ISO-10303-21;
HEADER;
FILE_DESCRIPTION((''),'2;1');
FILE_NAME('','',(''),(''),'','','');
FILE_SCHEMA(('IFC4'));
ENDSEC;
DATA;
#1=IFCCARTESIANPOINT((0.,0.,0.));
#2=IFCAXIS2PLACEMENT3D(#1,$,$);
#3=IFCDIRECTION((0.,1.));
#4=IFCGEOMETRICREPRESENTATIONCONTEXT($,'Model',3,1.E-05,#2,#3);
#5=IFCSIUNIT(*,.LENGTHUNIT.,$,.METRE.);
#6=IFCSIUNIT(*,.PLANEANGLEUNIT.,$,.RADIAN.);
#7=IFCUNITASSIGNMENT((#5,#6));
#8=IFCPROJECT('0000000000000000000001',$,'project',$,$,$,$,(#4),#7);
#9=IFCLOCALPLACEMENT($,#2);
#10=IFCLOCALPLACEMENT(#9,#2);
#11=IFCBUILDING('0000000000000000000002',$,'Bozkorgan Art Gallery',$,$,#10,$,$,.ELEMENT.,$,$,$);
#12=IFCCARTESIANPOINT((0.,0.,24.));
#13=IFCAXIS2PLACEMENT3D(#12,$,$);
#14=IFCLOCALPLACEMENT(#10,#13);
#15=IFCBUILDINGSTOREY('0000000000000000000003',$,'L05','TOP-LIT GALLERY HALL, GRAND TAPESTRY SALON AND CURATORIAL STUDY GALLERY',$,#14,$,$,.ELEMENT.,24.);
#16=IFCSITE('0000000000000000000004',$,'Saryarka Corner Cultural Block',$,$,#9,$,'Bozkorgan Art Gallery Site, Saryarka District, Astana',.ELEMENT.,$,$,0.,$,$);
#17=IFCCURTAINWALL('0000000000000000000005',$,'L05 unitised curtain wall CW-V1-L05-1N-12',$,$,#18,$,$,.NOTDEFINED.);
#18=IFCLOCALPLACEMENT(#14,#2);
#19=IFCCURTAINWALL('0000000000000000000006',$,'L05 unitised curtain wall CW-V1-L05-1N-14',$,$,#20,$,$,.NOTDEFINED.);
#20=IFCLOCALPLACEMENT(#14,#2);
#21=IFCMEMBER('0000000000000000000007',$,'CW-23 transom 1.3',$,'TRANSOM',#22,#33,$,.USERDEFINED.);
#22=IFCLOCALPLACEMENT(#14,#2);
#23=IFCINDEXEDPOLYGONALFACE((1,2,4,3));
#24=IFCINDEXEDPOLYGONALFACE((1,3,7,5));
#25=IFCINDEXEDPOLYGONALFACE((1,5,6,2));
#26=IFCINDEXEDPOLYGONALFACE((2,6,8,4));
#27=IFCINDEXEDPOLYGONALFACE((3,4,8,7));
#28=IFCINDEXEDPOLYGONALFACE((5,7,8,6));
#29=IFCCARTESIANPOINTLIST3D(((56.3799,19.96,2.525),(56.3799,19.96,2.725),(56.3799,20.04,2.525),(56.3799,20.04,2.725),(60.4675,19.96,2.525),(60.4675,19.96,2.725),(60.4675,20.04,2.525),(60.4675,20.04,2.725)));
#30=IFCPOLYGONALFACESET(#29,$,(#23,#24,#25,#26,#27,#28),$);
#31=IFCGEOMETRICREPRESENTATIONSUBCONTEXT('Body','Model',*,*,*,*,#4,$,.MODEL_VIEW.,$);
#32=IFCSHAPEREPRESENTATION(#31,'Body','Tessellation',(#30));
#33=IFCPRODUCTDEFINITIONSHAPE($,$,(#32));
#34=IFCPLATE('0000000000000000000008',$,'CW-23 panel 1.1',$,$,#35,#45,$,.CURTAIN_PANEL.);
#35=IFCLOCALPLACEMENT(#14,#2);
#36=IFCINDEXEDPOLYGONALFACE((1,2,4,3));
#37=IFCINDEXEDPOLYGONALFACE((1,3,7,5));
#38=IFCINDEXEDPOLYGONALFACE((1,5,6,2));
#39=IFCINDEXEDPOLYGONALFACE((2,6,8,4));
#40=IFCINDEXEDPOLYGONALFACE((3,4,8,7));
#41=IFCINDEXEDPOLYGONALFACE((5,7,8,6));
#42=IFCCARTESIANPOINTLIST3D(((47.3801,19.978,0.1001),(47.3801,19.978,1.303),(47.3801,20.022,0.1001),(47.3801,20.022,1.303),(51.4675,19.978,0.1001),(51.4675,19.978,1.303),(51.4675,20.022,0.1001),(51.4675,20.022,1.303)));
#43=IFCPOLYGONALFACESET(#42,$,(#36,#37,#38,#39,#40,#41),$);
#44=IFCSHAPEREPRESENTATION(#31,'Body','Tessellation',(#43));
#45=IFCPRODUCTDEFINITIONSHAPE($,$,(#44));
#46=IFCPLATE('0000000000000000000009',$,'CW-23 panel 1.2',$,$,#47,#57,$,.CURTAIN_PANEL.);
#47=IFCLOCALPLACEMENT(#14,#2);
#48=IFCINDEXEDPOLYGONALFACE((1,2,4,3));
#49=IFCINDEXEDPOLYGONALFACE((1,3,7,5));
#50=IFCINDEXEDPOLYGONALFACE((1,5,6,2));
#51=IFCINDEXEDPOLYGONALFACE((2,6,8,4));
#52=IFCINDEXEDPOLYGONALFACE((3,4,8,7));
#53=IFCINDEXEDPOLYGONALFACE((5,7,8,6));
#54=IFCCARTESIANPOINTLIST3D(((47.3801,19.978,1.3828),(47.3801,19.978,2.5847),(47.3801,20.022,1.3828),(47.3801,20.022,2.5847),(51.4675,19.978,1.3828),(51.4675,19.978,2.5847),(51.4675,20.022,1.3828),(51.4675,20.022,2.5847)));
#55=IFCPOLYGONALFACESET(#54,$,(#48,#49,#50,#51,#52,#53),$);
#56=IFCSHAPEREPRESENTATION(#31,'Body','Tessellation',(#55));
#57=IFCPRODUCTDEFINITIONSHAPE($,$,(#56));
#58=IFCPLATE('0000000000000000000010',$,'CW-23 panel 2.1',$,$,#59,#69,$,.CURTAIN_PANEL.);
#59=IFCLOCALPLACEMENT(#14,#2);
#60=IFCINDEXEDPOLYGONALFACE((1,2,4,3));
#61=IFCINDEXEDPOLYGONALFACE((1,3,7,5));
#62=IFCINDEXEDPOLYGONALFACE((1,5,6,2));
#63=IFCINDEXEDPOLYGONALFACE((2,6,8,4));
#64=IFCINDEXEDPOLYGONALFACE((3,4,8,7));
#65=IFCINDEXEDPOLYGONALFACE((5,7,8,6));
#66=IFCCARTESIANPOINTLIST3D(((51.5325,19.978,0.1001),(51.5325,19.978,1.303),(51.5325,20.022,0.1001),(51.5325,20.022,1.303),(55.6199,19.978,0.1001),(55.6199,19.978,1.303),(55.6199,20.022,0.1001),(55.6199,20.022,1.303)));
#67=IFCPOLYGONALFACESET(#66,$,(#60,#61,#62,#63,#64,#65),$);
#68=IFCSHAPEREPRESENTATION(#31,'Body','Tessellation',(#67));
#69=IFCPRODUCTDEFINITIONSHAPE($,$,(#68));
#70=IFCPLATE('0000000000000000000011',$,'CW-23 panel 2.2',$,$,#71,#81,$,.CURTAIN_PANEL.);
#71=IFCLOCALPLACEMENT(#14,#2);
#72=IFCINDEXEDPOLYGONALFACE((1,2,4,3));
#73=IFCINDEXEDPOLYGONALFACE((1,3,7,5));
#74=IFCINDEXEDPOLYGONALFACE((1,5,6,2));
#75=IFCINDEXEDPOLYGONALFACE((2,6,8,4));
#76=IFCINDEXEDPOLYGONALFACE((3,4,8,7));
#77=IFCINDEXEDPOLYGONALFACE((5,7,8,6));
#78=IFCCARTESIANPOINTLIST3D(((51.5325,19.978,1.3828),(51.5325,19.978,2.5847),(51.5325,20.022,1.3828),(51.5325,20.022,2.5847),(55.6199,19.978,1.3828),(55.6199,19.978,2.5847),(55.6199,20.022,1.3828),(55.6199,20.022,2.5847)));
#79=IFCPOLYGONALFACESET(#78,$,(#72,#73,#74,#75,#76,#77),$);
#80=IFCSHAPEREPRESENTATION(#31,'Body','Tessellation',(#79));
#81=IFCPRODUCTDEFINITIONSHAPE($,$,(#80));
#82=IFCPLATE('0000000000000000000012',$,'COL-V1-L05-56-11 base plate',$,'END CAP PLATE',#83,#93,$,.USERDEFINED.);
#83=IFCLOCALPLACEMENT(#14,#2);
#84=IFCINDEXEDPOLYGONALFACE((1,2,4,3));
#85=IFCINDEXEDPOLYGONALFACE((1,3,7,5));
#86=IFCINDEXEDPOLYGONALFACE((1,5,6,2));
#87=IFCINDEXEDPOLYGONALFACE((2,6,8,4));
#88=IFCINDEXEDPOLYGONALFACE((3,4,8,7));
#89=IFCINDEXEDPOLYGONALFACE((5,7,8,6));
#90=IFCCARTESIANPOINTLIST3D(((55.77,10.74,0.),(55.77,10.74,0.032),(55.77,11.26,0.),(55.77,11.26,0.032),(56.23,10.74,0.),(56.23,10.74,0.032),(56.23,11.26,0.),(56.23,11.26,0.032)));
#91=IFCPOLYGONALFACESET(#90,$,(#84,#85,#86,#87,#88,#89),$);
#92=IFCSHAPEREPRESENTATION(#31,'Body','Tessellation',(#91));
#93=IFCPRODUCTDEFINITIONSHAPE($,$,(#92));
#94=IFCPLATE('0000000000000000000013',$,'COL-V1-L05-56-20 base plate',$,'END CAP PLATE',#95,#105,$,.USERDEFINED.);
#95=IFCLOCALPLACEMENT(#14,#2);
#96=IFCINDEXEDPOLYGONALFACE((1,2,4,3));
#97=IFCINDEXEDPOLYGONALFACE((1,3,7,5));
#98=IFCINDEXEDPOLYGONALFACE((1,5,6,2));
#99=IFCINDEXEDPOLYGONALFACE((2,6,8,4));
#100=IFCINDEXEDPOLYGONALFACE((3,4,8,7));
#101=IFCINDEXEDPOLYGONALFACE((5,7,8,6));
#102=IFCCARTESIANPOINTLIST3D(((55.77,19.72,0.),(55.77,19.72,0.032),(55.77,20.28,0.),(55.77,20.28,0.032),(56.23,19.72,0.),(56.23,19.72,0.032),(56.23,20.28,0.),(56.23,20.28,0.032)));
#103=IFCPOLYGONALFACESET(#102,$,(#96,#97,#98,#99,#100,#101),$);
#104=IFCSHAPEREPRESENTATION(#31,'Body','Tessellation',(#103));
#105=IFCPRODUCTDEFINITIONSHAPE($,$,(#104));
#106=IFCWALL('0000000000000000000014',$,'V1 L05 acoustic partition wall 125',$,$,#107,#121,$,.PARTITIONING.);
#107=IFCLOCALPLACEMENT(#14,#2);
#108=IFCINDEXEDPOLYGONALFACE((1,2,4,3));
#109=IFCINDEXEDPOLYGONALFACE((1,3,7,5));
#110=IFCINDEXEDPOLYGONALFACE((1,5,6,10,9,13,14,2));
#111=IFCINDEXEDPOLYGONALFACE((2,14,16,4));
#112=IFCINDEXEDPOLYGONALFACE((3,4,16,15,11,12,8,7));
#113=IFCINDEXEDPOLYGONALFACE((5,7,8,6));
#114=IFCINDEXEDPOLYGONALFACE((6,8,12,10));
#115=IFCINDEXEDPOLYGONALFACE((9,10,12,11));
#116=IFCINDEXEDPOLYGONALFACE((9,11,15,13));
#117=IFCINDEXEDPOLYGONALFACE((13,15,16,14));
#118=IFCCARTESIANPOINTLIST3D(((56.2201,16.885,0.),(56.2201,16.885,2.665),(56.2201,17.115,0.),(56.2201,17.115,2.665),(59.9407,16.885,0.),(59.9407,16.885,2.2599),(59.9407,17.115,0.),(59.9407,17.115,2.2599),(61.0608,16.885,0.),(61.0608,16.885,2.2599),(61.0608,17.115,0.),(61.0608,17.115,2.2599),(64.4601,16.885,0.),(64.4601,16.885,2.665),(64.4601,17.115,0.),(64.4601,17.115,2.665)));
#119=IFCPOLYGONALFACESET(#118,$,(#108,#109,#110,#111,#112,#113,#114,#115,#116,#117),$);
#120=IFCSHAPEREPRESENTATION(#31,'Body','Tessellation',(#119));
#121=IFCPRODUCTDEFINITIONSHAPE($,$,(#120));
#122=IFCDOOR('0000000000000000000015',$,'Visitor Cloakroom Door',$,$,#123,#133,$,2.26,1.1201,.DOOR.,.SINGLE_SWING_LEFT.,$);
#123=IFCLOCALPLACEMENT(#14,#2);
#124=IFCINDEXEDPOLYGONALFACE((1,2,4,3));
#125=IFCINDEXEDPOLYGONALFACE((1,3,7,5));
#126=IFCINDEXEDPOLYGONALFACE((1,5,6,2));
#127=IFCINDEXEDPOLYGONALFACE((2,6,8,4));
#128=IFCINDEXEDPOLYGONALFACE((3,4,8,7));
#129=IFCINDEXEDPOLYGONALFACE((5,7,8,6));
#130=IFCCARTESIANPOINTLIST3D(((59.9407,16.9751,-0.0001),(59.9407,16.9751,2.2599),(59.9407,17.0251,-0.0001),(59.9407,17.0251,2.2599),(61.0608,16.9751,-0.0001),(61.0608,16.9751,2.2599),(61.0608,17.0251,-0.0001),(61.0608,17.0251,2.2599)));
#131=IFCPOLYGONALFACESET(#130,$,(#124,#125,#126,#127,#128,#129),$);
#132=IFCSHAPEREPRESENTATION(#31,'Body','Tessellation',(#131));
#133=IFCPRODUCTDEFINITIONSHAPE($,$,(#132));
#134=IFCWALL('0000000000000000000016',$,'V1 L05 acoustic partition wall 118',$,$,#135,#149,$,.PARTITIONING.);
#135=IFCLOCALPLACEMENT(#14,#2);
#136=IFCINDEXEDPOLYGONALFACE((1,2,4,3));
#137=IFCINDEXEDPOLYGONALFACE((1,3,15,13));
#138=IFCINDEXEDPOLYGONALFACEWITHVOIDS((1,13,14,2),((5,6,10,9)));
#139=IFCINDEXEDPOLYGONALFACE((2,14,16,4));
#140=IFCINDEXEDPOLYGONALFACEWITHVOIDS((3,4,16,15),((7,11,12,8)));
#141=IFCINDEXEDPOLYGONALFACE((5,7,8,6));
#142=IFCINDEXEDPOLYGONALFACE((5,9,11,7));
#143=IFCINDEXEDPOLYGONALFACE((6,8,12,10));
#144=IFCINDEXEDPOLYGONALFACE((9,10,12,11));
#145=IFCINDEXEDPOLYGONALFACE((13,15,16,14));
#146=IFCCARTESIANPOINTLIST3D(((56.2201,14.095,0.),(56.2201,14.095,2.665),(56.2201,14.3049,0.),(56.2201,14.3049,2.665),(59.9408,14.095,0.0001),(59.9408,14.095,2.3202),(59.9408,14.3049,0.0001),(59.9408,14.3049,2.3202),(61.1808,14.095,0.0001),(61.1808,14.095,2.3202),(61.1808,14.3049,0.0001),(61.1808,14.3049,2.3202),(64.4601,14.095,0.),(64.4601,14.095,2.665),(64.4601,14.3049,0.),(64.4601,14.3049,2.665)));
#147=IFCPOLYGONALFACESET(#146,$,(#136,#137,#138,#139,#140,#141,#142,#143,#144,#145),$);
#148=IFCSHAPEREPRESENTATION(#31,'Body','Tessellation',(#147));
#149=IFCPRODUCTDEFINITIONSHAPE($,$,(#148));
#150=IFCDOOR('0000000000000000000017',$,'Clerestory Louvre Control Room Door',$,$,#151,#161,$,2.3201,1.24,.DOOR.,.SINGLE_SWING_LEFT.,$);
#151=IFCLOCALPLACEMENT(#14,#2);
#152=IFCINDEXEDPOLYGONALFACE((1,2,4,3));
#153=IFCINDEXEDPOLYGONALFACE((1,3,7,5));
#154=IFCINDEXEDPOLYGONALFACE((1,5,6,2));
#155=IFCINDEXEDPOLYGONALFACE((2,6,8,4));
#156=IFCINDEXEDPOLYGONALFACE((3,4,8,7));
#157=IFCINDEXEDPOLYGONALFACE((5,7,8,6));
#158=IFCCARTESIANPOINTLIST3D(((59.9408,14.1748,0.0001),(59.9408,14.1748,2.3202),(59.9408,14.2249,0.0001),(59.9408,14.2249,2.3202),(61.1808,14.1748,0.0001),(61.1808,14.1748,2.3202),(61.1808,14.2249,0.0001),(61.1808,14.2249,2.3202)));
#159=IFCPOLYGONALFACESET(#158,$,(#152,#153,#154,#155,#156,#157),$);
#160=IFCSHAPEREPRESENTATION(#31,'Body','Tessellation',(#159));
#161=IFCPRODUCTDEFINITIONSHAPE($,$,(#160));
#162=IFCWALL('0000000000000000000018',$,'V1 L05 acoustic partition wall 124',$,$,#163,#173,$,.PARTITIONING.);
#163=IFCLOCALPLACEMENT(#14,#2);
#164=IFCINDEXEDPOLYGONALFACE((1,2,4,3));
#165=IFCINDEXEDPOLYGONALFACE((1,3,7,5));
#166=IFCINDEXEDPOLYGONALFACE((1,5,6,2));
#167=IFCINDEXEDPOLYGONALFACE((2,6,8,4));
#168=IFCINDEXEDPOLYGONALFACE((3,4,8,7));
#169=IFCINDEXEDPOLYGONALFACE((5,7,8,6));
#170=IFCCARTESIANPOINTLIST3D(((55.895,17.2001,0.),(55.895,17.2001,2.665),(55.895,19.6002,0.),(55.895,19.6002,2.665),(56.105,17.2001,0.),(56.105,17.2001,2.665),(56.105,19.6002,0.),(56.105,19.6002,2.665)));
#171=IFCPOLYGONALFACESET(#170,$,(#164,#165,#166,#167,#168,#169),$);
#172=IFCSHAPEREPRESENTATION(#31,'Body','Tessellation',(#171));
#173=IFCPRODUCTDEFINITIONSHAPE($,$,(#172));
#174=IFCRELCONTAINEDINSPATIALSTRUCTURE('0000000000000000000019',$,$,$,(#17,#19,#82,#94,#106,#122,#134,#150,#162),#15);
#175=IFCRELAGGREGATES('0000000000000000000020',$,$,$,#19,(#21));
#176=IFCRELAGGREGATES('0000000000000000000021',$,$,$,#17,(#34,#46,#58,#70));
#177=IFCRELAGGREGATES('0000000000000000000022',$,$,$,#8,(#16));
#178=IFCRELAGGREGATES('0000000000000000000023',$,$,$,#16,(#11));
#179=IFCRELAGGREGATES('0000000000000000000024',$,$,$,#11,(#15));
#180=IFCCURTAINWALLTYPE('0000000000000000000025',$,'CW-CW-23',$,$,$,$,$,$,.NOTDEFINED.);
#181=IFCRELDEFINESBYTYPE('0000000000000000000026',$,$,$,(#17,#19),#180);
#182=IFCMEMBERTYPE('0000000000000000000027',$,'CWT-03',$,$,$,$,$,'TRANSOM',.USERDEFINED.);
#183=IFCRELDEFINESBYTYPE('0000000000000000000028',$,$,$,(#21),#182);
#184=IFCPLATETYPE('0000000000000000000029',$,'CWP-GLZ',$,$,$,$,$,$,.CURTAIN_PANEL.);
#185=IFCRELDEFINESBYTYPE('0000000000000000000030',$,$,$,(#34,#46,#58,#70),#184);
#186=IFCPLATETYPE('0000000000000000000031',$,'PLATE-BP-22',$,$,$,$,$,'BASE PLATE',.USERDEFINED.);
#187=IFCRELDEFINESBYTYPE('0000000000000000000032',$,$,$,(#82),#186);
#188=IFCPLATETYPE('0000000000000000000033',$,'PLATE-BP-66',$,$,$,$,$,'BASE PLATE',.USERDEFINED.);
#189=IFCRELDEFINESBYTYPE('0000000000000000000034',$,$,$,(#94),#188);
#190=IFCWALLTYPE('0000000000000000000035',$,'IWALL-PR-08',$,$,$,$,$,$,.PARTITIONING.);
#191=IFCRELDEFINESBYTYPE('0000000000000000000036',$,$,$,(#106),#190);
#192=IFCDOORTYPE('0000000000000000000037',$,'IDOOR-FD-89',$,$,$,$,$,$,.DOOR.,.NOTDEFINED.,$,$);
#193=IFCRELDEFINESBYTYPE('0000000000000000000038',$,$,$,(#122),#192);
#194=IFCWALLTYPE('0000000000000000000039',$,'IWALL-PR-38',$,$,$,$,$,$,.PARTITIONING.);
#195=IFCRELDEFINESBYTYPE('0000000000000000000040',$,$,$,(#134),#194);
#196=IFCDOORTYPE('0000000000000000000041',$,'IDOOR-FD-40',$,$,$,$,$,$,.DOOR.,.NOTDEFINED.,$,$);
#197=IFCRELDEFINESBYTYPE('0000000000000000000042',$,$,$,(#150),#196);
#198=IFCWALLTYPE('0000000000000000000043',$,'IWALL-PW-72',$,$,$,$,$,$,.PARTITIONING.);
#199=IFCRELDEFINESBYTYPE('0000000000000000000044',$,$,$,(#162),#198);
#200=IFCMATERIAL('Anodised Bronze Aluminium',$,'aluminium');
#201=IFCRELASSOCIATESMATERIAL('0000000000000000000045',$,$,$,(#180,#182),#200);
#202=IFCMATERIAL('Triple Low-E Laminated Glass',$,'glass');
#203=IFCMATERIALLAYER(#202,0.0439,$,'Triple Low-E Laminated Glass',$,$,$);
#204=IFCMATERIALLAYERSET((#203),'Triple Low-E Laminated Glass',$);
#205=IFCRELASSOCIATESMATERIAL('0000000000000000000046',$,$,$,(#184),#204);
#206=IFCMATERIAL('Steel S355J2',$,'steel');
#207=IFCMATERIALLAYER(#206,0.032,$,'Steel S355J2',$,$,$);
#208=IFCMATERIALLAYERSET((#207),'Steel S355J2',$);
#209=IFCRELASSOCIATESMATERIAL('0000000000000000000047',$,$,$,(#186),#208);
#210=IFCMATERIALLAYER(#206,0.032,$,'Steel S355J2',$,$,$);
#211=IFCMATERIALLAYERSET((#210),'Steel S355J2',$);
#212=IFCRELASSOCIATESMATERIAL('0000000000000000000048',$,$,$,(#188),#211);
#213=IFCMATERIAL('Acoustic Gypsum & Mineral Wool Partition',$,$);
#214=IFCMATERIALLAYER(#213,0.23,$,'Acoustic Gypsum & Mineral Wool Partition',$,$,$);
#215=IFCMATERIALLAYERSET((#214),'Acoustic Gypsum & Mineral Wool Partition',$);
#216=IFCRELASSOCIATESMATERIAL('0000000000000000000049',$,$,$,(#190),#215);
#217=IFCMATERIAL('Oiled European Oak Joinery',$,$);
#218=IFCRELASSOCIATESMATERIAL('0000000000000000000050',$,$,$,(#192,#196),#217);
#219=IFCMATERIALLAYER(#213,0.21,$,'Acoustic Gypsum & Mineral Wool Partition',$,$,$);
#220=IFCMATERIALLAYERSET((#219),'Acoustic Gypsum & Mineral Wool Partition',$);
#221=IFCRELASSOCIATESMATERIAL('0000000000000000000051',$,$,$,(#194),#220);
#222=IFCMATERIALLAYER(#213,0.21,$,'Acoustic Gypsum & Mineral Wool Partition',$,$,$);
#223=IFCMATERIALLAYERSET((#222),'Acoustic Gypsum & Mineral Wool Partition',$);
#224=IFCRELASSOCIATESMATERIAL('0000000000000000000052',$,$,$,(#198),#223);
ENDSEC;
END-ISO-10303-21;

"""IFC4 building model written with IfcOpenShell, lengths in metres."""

from ifc_helpers import new_model, si_unit, direction, frame, frame_2d, origin, origin_2d, place, context, subcontext, project, spatial, rectangle, extrude, material, layer, layer_set, material_profile, profile_set, type_object, element, fill, aggregate, save


model = new_model("IFC4")

# Units and contexts
model_context = context("Model", 3, precision=1e-05, world=origin(), true_north=direction((0.0, 1.0)))
body_context = subcontext(model_context, "Body", "Model", "MODEL_VIEW")
ifc_project = project(units=[si_unit("LENGTHUNIT", "METRE"), si_unit("PLANEANGLEUNIT", "RADIAN")], contexts=[model_context])

# Site, building, storey
site_placement = place(None, origin())
site = spatial("IfcSite", under=ifc_project, at=site_placement, Name="Saryarka Corner Cultural Block", LongName="Bozkorgan Art Gallery Site, Saryarka District, Astana", CompositionType="ELEMENT", RefElevation=0.0)
building_placement = place(site_placement, origin())
building = spatial("IfcBuilding", under=site, at=building_placement, Name="Bozkorgan Art Gallery", CompositionType="ELEMENT")
storey_placement = place(building_placement, frame((0.0, 0.0, 24.0)))
storey = spatial("IfcBuildingStorey", under=building, at=storey_placement, Name="L05", Description="TOP-LIT GALLERY HALL, GRAND TAPESTRY SALON AND CURATORIAL STUDY GALLERY", CompositionType="ELEMENT", Elevation=24.0)

# Shared definitions
ifc_material_1 = material(Name="Steel S355J2", Category="steel")

# Curtain wall
ifc_material_2 = material(Name="Anodised Bronze Aluminium", Category="aluminium")
curtain_wall_type = type_object("IfcCurtainWallType", Name="CW-CW-23", PredefinedType="NOTDEFINED", material=ifc_material_2)
curtain_wall_1_placement = place(storey_placement, origin())
curtain_wall_1 = element("IfcCurtainWall", 1, at=curtain_wall_1_placement, inside=storey, type_object=curtain_wall_type, Name="L05 unitised curtain wall CW-V1-L05-1N-12", PredefinedType="NOTDEFINED")

# Curtain wall
curtain_wall_2_placement = place(storey_placement, origin())
curtain_wall_2 = element("IfcCurtainWall", 2, at=curtain_wall_2_placement, inside=storey, type_object=curtain_wall_type, Name="L05 unitised curtain wall CW-V1-L05-1N-14", PredefinedType="NOTDEFINED")

# Member
ifc_material_profile_1 = material_profile(ifc_material_2, rectangle(XDim=0.0801, YDim=0.2, at=origin_2d()), Name="ALU TRANSOM 80x200")
ifc_profile_set_1 = profile_set([ifc_material_profile_1], Name="Anodised Bronze Aluminium")
member_type_1 = type_object("IfcMemberType", Name="CWT-03", ElementType="TRANSOM", PredefinedType="USERDEFINED", material=ifc_profile_set_1)
member_1_placement = place(storey_placement, frame((56.3799, 20.0, 2.625), z_axis=(1.0, 0.0, 0.0), x_axis=(0.0, 1.0, 0.0)))
member_1 = element("IfcMember", 3, at=member_1_placement, type_object=member_type_1, Name="CW-23 transom 1.3", ObjectType="TRANSOM", PredefinedType="USERDEFINED", context=body_context, shape_type="SweptSolid", body=[
    extrude(rectangle(XDim=0.0801, YDim=0.2, at=origin_2d()), origin(), (0.0, 0.0, 1.0), 4.0876),
])
aggregate(curtain_wall_2, [member_1])

# Plates
ifc_material_3 = material(Name="Triple Low-E Laminated Glass", Category="glass")
ifc_layer_1 = layer(ifc_material_3, 0.0439, Name="Triple Low-E Laminated Glass")
ifc_layer_set_1 = layer_set([ifc_layer_1], Name="Triple Low-E Laminated Glass")
plate_type_1 = type_object("IfcPlateType", Name="CWP-GLZ", PredefinedType="CURTAIN_PANEL", material=ifc_layer_set_1)
plate_1_placement = place(storey_placement, frame((49.4238, 20.0, 0.1001), z_axis=(0.0, 0.0, 1.0), x_axis=(1.0, 0.0, 0.0)))
plate_1 = element("IfcPlate", 4, at=plate_1_placement, type_object=plate_type_1, Name="CW-23 panel 1.1", PredefinedType="CURTAIN_PANEL", context=body_context, shape_type="SweptSolid", body=[
    extrude(rectangle(XDim=4.0874, YDim=0.0439, at=origin_2d()), origin(), (0.0, 0.0, 1.0), 1.2029),
])
plate_2_placement = place(storey_placement, frame((49.4238, 20.0, 1.3828), z_axis=(0.0, 0.0, 1.0), x_axis=(1.0, 0.0, 0.0)))
plate_2 = element("IfcPlate", 5, at=plate_2_placement, type_object=plate_type_1, Name="CW-23 panel 1.2", PredefinedType="CURTAIN_PANEL", context=body_context, shape_type="SweptSolid", body=[
    extrude(rectangle(XDim=4.0874, YDim=0.0439, at=origin_2d()), origin(), (0.0, 0.0, 1.0), 1.2019),
])
plate_3_placement = place(storey_placement, frame((53.5762, 20.0, 0.1001), z_axis=(0.0, 0.0, 1.0), x_axis=(1.0, 0.0, 0.0)))
plate_3 = element("IfcPlate", 6, at=plate_3_placement, type_object=plate_type_1, Name="CW-23 panel 2.1", PredefinedType="CURTAIN_PANEL", context=body_context, shape_type="SweptSolid", body=[
    extrude(rectangle(XDim=4.0874, YDim=0.0439, at=origin_2d()), origin(), (0.0, 0.0, 1.0), 1.2029),
])
plate_4_placement = place(storey_placement, frame((53.5762, 20.0, 1.3828), z_axis=(0.0, 0.0, 1.0), x_axis=(1.0, 0.0, 0.0)))
plate_4 = element("IfcPlate", 7, at=plate_4_placement, type_object=plate_type_1, Name="CW-23 panel 2.2", PredefinedType="CURTAIN_PANEL", context=body_context, shape_type="SweptSolid", body=[
    extrude(rectangle(XDim=4.0874, YDim=0.0439, at=origin_2d()), origin(), (0.0, 0.0, 1.0), 1.2019),
])
aggregate(curtain_wall_1, [plate_1, plate_2, plate_3, plate_4])

# Plates
ifc_layer_2 = layer(ifc_material_1, 0.032, Name="Steel S355J2")
ifc_layer_set_2 = layer_set([ifc_layer_2], Name="Steel S355J2")
plate_type_2 = type_object("IfcPlateType", Name="PLATE-BP-22", ElementType="BASE PLATE", PredefinedType="USERDEFINED", material=ifc_layer_set_2)
plate_5_placement = place(storey_placement, frame((56.0, 11.0, 0.0), z_axis=(0.0, 0.0, 1.0), x_axis=(1.0, 0.0, 0.0)))
element("IfcPlate", 8, at=plate_5_placement, inside=storey, type_object=plate_type_2, Name="COL-V1-L05-56-11 base plate", ObjectType="END CAP PLATE", PredefinedType="USERDEFINED", context=body_context, shape_type="SweptSolid", body=[
    extrude(rectangle(XDim=0.46, YDim=0.52, at=origin_2d()), origin(), (0.0, 0.0, 1.0), 0.032),
])
ifc_layer_3 = layer(ifc_material_1, 0.032, Name="Steel S355J2")
ifc_layer_set_3 = layer_set([ifc_layer_3], Name="Steel S355J2")
plate_type_3 = type_object("IfcPlateType", Name="PLATE-BP-66", ElementType="BASE PLATE", PredefinedType="USERDEFINED", material=ifc_layer_set_3)
plate_6_placement = place(storey_placement, frame((56.0, 20.0, 0.0), z_axis=(0.0, 0.0, 1.0), x_axis=(1.0, 0.0, 0.0)))
element("IfcPlate", 9, at=plate_6_placement, inside=storey, type_object=plate_type_3, Name="COL-V1-L05-56-20 base plate", ObjectType="END CAP PLATE", PredefinedType="USERDEFINED", context=body_context, shape_type="SweptSolid", body=[
    extrude(rectangle(XDim=0.46, YDim=0.5601, at=origin_2d()), origin(), (0.0, 0.0, 1.0), 0.032),
])

# Walls, openings, doors
ifc_material_4 = material(Name="Acoustic Gypsum & Mineral Wool Partition")
ifc_layer_4 = layer(ifc_material_4, 0.23, Name="Acoustic Gypsum & Mineral Wool Partition")
ifc_layer_set_4 = layer_set([ifc_layer_4], Name="Acoustic Gypsum & Mineral Wool Partition")
wall_type_1 = type_object("IfcWallType", Name="IWALL-PR-08", PredefinedType="PARTITIONING", material=ifc_layer_set_4)
wall_1_placement = place(storey_placement, frame((56.22, 17.0, 0.0), z_axis=(0.0, 0.0, 1.0), x_axis=(1.0, 0.0, 0.0)))
wall_1 = element("IfcWall", 10, at=wall_1_placement, inside=storey, type_object=wall_type_1, Name="V1 L05 acoustic partition wall 125", PredefinedType="PARTITIONING", context=body_context, shape_type="SweptSolid", body=[
    extrude(rectangle(XDim=8.24, YDim=0.23, at=frame_2d((4.1201, 0.0))), origin(), (0.0, 0.0, 1.0), 2.665),
])
opening_1_placement = place(wall_1_placement, frame((4.8408, 0.0, 0.0), z_axis=(0.0, 0.0, 1.0), x_axis=(-1.0, 0.0, 0.0)))
opening_1 = element("IfcOpeningElement", 11, at=opening_1_placement, cuts=wall_1, PredefinedType="OPENING", context=body_context, shape_type="SweptSolid", body=[
    extrude(rectangle(XDim=1.1201, YDim=2.26, at=frame_2d((0.5601, 1.1299))), frame((0.0, 0.125, 0.0), z_axis=(0.0, -1.0, 0.0), x_axis=(1.0, 0.0, 0.0)), (0.0, 0.0, 1.0), 0.25),
])
ifc_material_5 = material(Name="Oiled European Oak Joinery")
door_type_1 = type_object("IfcDoorType", Name="IDOOR-FD-89", OperationType="NOTDEFINED", PredefinedType="DOOR", material=ifc_material_5)
door_1_placement = place(opening_1_placement, origin())
door_1 = element("IfcDoor", 12, at=door_1_placement, inside=storey, type_object=door_type_1, Name="Visitor Cloakroom Door", OperationType="SINGLE_SWING_LEFT", OverallHeight=2.26, OverallWidth=1.1201, PredefinedType="DOOR", context=body_context, shape_type="SweptSolid", body=[
    extrude(rectangle(XDim=1.1201, YDim=2.26, at=frame_2d((0.5601, 1.1299))), frame((0.0, 0.0249, 0.0), z_axis=(0.0, -1.0, 0.0), x_axis=(1.0, 0.0, 0.0)), (0.0, 0.0, 1.0), 0.05),
])
fill(opening_1, door_1)
ifc_layer_5 = layer(ifc_material_4, 0.21, Name="Acoustic Gypsum & Mineral Wool Partition")
ifc_layer_set_5 = layer_set([ifc_layer_5], Name="Acoustic Gypsum & Mineral Wool Partition")
wall_type_2 = type_object("IfcWallType", Name="IWALL-PR-38", PredefinedType="PARTITIONING", material=ifc_layer_set_5)
wall_2_placement = place(storey_placement, frame((56.22, 14.2, 0.0), z_axis=(0.0, 0.0, 1.0), x_axis=(1.0, 0.0, 0.0)))
wall_2 = element("IfcWall", 13, at=wall_2_placement, inside=storey, type_object=wall_type_2, Name="V1 L05 acoustic partition wall 118", PredefinedType="PARTITIONING", context=body_context, shape_type="SweptSolid", body=[
    extrude(rectangle(XDim=8.24, YDim=0.21, at=frame_2d((4.1201, 0.0))), origin(), (0.0, 0.0, 1.0), 2.665),
])
opening_2_placement = place(wall_2_placement, frame((3.7207, 0.0, 0.0)))
opening_2 = element("IfcOpeningElement", 14, at=opening_2_placement, cuts=wall_2, PredefinedType="OPENING", context=body_context, shape_type="SweptSolid", body=[
    extrude(rectangle(XDim=1.24, YDim=2.3201, at=frame_2d((0.6201, 1.1602))), frame((0.0, 0.115, 0.0), z_axis=(0.0, -1.0, 0.0), x_axis=(1.0, 0.0, 0.0)), (0.0, 0.0, 1.0), 0.23),
])
door_type_2 = type_object("IfcDoorType", Name="IDOOR-FD-40", OperationType="NOTDEFINED", PredefinedType="DOOR", material=ifc_material_5)
door_2_placement = place(opening_2_placement, origin())
door_2 = element("IfcDoor", 15, at=door_2_placement, inside=storey, type_object=door_type_2, Name="Clerestory Louvre Control Room Door", OperationType="SINGLE_SWING_LEFT", OverallHeight=2.3201, OverallWidth=1.24, PredefinedType="DOOR", context=body_context, shape_type="SweptSolid", body=[
    extrude(rectangle(XDim=1.24, YDim=2.3201, at=frame_2d((0.6201, 1.1602))), frame((0.0, 0.0249, 0.0), z_axis=(0.0, -1.0, 0.0), x_axis=(1.0, 0.0, 0.0)), (0.0, 0.0, 1.0), 0.05),
])
fill(opening_2, door_2)

# Wall
ifc_layer_6 = layer(ifc_material_4, 0.21, Name="Acoustic Gypsum & Mineral Wool Partition")
ifc_layer_set_6 = layer_set([ifc_layer_6], Name="Acoustic Gypsum & Mineral Wool Partition")
wall_type_3 = type_object("IfcWallType", Name="IWALL-PW-72", PredefinedType="PARTITIONING", material=ifc_layer_set_6)
wall_3_placement = place(storey_placement, frame((56.0, 17.2, 0.0), z_axis=(0.0, 0.0, 1.0), x_axis=(0.0, 1.0, 0.0)))
element("IfcWall", 16, at=wall_3_placement, inside=storey, type_object=wall_type_3, Name="V1 L05 acoustic partition wall 124", PredefinedType="PARTITIONING", context=body_context, shape_type="SweptSolid", body=[
    extrude(rectangle(XDim=2.4001, YDim=0.21, at=frame_2d((1.2002, 0.0))), origin(), (0.0, 0.0, 1.0), 2.665),
])

save(model, "model.ifc")
